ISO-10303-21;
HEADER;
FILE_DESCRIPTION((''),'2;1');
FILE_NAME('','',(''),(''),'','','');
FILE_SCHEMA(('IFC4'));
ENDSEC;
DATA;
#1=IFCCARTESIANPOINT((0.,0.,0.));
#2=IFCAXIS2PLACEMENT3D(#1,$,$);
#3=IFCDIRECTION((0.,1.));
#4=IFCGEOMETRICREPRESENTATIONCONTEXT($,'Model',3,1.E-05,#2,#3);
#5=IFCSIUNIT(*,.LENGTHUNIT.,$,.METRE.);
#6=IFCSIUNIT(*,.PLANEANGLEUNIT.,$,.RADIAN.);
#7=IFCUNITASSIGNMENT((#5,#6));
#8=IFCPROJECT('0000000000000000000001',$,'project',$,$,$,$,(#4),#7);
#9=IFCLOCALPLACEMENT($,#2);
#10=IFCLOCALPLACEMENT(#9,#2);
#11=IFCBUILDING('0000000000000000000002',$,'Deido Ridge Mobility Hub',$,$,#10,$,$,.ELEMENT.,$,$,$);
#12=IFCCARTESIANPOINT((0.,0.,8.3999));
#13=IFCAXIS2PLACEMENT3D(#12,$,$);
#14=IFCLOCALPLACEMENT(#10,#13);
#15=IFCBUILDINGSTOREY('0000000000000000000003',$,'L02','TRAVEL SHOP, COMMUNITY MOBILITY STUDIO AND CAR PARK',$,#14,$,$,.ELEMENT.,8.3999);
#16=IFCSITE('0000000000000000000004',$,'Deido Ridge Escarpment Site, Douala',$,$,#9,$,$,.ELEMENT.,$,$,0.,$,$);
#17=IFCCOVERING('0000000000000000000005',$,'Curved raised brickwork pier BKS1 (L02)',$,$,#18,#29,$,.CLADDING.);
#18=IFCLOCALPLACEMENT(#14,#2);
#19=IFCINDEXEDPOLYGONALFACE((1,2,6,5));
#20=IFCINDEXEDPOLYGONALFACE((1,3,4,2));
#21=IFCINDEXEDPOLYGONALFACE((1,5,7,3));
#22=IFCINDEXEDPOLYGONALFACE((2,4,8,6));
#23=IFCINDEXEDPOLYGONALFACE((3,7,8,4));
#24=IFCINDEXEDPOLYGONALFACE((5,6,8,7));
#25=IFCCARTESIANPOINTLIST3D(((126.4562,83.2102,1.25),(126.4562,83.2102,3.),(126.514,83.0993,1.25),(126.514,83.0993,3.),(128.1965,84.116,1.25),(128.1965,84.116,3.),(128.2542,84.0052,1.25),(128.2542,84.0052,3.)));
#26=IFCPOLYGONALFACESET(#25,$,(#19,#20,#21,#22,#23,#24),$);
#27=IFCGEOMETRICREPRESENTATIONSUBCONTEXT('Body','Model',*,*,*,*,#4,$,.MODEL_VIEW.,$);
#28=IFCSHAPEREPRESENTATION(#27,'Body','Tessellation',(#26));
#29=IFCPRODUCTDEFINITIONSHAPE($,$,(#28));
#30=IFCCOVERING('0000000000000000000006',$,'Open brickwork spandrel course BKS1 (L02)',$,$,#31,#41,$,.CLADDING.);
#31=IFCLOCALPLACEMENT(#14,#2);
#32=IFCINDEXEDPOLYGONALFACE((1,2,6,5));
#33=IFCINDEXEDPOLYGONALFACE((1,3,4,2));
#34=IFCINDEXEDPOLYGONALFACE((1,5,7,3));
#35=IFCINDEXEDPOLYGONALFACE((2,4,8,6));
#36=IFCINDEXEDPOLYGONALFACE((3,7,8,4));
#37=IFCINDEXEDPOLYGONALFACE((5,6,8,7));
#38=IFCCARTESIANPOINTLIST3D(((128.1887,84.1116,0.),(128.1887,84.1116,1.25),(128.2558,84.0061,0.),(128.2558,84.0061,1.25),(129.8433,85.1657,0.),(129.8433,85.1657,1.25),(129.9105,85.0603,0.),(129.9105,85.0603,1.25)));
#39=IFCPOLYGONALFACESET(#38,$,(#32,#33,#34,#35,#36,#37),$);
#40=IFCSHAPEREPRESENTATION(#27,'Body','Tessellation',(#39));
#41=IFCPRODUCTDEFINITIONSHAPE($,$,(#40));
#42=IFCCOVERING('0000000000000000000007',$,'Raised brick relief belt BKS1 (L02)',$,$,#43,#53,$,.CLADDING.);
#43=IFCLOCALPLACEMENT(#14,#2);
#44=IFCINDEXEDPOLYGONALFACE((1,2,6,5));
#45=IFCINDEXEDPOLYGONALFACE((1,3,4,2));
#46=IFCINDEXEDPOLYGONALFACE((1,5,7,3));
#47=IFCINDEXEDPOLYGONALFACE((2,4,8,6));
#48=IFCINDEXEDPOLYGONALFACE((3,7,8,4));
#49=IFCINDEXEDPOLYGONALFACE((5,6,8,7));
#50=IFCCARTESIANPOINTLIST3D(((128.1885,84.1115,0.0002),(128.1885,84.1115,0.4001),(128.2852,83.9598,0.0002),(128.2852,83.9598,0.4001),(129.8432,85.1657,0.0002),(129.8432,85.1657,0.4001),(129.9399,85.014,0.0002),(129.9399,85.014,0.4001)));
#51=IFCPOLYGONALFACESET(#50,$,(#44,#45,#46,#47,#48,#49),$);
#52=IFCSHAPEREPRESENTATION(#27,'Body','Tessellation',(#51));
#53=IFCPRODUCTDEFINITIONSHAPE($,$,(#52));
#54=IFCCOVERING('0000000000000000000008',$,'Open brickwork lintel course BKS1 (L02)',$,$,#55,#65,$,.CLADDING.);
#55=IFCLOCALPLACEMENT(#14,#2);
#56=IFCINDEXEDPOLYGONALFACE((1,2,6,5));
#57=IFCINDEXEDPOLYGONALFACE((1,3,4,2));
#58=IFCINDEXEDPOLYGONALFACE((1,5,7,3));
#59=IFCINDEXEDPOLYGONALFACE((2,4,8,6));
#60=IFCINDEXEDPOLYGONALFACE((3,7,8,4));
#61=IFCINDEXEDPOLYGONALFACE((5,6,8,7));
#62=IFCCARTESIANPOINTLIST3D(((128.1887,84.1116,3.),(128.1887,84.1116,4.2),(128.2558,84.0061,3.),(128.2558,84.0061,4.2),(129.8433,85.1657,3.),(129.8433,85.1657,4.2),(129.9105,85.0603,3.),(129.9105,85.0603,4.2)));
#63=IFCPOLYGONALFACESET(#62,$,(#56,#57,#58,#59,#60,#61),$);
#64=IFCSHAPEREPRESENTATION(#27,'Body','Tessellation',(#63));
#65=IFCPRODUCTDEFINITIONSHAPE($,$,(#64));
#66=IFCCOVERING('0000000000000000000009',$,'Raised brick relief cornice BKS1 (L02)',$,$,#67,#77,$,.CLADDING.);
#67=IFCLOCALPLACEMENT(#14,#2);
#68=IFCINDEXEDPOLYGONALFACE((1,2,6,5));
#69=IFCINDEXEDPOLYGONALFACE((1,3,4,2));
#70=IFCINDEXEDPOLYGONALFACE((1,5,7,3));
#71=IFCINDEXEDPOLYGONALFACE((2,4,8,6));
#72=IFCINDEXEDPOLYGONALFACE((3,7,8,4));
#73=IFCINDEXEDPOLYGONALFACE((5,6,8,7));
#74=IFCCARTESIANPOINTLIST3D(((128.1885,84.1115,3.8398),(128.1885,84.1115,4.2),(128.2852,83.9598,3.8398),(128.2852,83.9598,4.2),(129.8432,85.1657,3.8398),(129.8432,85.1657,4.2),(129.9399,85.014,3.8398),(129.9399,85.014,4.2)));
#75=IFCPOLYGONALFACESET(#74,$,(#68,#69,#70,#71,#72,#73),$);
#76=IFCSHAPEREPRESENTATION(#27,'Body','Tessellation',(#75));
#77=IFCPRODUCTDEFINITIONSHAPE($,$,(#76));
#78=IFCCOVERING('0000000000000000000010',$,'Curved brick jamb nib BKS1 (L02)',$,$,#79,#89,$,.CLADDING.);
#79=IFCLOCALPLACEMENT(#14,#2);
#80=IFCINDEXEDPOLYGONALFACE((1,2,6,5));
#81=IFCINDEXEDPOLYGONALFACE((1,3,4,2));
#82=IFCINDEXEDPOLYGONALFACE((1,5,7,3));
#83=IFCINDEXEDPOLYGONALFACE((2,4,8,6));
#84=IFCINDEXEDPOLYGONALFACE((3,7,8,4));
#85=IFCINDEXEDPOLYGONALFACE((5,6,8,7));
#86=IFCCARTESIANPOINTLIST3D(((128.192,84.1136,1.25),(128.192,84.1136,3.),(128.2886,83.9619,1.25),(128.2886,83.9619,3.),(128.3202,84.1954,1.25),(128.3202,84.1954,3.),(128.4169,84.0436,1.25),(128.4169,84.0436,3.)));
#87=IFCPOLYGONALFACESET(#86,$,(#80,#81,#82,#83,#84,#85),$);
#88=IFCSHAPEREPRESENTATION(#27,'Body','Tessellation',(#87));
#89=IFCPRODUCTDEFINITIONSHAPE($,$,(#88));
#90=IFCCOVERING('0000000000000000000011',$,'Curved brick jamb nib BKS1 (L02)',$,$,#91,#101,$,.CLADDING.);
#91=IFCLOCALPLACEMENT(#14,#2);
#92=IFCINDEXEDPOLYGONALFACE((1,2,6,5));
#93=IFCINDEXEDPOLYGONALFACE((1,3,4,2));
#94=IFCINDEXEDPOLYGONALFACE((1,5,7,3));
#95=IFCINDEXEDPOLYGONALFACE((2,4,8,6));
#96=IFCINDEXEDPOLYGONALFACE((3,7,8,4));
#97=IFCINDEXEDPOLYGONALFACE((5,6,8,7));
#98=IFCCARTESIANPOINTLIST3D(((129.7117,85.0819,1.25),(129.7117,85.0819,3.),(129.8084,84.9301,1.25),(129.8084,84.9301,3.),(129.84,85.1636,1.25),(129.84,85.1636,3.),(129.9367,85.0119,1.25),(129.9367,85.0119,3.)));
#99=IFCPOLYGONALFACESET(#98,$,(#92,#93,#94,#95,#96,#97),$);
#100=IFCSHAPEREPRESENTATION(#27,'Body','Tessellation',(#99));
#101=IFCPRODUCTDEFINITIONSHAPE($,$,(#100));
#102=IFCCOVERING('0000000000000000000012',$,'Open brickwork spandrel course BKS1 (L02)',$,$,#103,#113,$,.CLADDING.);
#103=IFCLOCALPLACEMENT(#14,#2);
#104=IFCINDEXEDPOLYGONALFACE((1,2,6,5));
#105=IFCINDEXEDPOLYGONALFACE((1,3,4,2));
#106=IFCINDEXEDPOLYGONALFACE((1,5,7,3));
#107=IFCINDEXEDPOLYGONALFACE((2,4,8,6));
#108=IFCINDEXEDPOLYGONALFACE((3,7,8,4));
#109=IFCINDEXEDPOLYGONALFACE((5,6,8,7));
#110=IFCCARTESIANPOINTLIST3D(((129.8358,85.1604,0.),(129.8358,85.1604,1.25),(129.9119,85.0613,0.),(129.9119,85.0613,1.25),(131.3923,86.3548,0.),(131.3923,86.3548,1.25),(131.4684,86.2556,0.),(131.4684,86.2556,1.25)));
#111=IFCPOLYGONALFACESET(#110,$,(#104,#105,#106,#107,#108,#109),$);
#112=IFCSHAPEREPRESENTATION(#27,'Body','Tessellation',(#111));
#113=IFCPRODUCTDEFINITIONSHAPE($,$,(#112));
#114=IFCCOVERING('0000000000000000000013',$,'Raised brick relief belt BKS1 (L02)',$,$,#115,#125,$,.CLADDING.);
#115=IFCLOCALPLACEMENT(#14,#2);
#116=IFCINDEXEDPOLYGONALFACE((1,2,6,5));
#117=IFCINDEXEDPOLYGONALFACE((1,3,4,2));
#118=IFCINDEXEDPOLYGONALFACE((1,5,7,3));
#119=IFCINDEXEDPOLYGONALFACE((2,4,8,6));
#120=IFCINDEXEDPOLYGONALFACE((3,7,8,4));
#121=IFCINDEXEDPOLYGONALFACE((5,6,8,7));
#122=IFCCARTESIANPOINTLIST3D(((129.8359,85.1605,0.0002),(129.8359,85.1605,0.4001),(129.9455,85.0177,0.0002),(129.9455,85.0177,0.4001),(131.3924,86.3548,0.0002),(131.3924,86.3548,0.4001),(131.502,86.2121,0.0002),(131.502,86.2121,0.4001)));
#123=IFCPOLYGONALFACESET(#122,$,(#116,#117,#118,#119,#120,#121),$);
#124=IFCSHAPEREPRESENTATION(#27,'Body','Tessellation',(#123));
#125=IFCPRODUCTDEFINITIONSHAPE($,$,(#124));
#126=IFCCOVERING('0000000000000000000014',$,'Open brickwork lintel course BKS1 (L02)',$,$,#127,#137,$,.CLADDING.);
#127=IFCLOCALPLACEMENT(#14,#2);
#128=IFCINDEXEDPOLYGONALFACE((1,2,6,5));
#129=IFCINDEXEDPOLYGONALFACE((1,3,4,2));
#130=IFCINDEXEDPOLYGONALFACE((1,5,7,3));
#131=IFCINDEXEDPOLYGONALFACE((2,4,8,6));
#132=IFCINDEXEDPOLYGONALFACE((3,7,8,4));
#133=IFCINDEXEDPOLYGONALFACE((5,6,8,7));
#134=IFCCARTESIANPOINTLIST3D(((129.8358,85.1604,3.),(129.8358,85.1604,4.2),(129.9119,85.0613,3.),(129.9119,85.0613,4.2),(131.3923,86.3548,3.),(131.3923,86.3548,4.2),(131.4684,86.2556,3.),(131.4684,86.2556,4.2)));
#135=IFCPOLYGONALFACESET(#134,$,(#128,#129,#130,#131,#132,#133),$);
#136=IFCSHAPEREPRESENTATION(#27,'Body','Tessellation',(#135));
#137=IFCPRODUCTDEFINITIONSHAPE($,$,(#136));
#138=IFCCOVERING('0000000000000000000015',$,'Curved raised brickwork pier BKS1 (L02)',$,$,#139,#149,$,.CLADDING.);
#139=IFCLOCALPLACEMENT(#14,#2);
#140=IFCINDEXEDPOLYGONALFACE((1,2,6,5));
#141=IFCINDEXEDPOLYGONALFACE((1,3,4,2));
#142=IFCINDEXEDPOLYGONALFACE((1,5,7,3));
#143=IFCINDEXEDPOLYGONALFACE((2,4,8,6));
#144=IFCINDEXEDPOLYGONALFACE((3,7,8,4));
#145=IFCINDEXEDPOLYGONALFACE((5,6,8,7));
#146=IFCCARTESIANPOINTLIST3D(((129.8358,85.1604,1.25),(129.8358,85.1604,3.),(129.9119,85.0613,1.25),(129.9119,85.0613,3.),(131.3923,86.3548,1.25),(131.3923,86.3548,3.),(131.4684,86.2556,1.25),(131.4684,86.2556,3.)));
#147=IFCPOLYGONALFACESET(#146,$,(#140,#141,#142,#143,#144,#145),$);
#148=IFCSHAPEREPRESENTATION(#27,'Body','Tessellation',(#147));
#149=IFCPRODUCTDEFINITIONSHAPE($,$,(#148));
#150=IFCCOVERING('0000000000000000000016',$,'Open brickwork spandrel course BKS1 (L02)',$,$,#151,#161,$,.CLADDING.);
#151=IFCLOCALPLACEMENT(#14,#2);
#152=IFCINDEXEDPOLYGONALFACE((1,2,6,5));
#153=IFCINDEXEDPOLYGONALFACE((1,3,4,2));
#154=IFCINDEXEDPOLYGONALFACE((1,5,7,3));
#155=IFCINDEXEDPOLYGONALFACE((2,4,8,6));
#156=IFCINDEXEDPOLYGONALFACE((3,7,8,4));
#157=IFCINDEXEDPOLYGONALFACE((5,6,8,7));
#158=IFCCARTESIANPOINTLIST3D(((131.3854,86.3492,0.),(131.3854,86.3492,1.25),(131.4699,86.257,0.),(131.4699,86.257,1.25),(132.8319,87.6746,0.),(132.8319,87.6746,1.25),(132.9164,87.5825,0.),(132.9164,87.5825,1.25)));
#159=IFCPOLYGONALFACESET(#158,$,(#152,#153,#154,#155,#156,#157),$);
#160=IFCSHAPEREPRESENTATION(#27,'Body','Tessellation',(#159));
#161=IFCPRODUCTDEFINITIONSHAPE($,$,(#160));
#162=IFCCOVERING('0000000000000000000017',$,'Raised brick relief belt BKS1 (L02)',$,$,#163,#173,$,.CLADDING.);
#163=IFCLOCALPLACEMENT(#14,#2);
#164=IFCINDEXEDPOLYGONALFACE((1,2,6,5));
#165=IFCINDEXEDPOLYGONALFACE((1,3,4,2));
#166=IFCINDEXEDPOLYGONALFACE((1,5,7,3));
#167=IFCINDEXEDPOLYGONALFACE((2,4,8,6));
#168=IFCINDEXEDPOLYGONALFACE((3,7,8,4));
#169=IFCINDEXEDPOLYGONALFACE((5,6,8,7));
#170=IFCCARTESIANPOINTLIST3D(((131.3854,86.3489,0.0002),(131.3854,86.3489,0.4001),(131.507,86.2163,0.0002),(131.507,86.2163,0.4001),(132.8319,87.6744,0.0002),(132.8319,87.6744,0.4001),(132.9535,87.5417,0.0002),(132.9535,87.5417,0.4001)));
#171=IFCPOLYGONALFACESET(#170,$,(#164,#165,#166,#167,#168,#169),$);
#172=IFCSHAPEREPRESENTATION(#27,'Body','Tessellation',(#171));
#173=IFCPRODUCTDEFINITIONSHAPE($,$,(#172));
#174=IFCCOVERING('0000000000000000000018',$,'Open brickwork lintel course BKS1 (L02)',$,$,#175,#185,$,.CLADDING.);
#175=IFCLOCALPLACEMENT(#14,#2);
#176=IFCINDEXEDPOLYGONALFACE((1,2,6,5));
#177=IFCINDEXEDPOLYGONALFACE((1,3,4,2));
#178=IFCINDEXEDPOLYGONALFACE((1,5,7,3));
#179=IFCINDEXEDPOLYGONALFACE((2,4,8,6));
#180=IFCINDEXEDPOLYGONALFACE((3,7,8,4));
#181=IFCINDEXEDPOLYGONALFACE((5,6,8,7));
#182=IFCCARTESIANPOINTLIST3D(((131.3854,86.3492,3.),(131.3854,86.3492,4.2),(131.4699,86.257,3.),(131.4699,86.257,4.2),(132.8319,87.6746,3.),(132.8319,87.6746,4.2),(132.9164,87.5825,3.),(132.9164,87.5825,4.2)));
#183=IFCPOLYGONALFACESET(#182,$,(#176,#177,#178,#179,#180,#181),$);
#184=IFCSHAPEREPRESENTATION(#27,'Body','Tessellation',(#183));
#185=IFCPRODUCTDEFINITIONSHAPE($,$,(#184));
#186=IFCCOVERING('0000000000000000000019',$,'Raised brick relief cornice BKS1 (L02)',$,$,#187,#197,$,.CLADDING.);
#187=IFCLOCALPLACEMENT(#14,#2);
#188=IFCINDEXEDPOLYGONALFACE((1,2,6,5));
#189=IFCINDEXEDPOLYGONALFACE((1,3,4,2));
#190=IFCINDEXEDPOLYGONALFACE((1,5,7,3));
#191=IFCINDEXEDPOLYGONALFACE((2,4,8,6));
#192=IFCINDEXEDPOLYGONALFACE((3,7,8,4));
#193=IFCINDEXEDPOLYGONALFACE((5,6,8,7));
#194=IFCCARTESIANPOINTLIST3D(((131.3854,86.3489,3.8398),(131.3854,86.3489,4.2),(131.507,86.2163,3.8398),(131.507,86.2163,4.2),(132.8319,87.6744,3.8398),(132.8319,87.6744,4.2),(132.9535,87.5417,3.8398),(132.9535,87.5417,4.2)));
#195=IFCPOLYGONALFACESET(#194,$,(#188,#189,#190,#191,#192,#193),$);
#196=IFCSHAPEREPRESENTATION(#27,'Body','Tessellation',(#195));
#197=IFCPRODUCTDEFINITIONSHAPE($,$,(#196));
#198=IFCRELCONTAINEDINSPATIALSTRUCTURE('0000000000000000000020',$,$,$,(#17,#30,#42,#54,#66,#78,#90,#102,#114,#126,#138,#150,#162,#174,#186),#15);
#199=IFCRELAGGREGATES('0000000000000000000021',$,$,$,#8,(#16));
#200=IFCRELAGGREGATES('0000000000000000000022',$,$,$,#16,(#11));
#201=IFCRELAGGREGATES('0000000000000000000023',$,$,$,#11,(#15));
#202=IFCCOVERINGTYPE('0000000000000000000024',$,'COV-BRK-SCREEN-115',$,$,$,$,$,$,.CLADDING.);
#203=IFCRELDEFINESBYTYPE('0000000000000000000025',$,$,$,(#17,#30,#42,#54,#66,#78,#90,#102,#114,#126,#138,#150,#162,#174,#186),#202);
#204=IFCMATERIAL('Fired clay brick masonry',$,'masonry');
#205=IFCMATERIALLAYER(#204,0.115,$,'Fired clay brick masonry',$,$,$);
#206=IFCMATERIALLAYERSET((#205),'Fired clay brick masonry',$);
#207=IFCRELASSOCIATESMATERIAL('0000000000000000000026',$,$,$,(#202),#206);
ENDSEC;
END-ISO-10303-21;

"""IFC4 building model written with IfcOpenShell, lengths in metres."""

from ifc_helpers import new_model, si_unit, direction, frame, origin, origin_2d, place, context, subcontext, project, spatial, rectangle, extrude, material, layer, layer_set, type_object, element, save


model = new_model("IFC4")

# Units and contexts
model_context = context("Model", 3, precision=1e-05, world=origin(), true_north=direction((0.0, 1.0)))
body_context = subcontext(model_context, "Body", "Model", "MODEL_VIEW")
ifc_project = project(units=[si_unit("LENGTHUNIT", "METRE"), si_unit("PLANEANGLEUNIT", "RADIAN")], contexts=[model_context])

# Site, building, storey
site_placement = place(None, origin())
site = spatial("IfcSite", under=ifc_project, at=site_placement, Name="Deido Ridge Escarpment Site, Douala", CompositionType="ELEMENT", RefElevation=0.0)
building_placement = place(site_placement, origin())
building = spatial("IfcBuilding", under=site, at=building_placement, Name="Deido Ridge Mobility Hub", CompositionType="ELEMENT")
storey_placement = place(building_placement, frame((0.0, 0.0, 8.3999)))
storey = spatial("IfcBuildingStorey", under=building, at=storey_placement, Name="L02", Description="TRAVEL SHOP, COMMUNITY MOBILITY STUDIO AND CAR PARK", CompositionType="ELEMENT", Elevation=8.3999)

# Coverings
ifc_material_1 = material(Name="Fired clay brick masonry", Category="masonry")
ifc_layer = layer(ifc_material_1, 0.115, Name="Fired clay brick masonry")
ifc_layer_set = layer_set([ifc_layer], Name="Fired clay brick masonry")
covering_type = type_object("IfcCoveringType", Name="COV-BRK-SCREEN-115", PredefinedType="CLADDING", material=ifc_layer_set)
covering_1_placement = place(storey_placement, frame((127.3552, 83.6077, 1.25), z_axis=(0.0, 0.0, 1.0), x_axis=(0.887019, 0.461733, 0.0)))
element("IfcCovering", 1, at=covering_1_placement, inside=storey, type_object=covering_type, Name="Curved raised brickwork pier BKS1 (L02)", PredefinedType="CLADDING", context=body_context, shape_type="SweptSolid", body=[
    extrude(rectangle(XDim=1.9619, YDim=0.125, at=origin_2d()), origin(), (0.0, 0.0, 1.0), 1.75),
])
covering_2_placement = place(storey_placement, frame((129.0496, 84.5859, 0.0), z_axis=(0.0, 0.0, 1.0), x_axis=(0.843382, 0.537314, 0.0)))
element("IfcCovering", 2, at=covering_2_placement, inside=storey, type_object=covering_type, Name="Open brickwork spandrel course BKS1 (L02)", PredefinedType="CLADDING", context=body_context, shape_type="SweptSolid", body=[
    extrude(rectangle(XDim=1.9619, YDim=0.125, at=origin_2d()), origin(), (0.0, 0.0, 1.0), 1.25),
])
covering_3_placement = place(storey_placement, frame((129.0642, 84.5627, 0.0002), z_axis=(0.0, 0.0, 1.0), x_axis=(0.843382, 0.537314, 0.0)))
element("IfcCovering", 3, at=covering_3_placement, inside=storey, type_object=covering_type, Name="Raised brick relief belt BKS1 (L02)", PredefinedType="CLADDING", context=body_context, shape_type="SweptSolid", body=[
    extrude(rectangle(XDim=1.9619, YDim=0.1799, at=origin_2d()), origin(), (0.0, 0.0, 1.0), 0.3999),
])
covering_4_placement = place(storey_placement, frame((129.0496, 84.5859, 3.0), z_axis=(0.0, 0.0, 1.0), x_axis=(0.843382, 0.537314, 0.0)))
element("IfcCovering", 4, at=covering_4_placement, inside=storey, type_object=covering_type, Name="Open brickwork lintel course BKS1 (L02)", PredefinedType="CLADDING", context=body_context, shape_type="SweptSolid", body=[
    extrude(rectangle(XDim=1.9619, YDim=0.125, at=origin_2d()), origin(), (0.0, 0.0, 1.0), 1.2),
])
covering_5_placement = place(storey_placement, frame((129.0642, 84.5627, 3.8398), z_axis=(0.0, 0.0, 1.0), x_axis=(0.843382, 0.537314, 0.0)))
element("IfcCovering", 5, at=covering_5_placement, inside=storey, type_object=covering_type, Name="Raised brick relief cornice BKS1 (L02)", PredefinedType="CLADDING", context=body_context, shape_type="SweptSolid", body=[
    extrude(rectangle(XDim=1.9619, YDim=0.1799, at=origin_2d()), origin(), (0.0, 0.0, 1.0), 0.3601),
])
for number, where, z_axis, x_axis, name in (
    (6, (128.3044, 84.0786, 1.25), (0.0, 0.0, 1.0), (0.843382, 0.537314, 0.0), "Curved brick jamb nib BKS1 (L02)"),
    (7, (129.8242, 85.0469, 1.25), (0.0, 0.0, 1.0), (0.843382, 0.537314, 0.0), "Curved brick jamb nib BKS1 (L02)"),
):
    element("IfcCovering", number, at=place(storey_placement, frame(where, z_axis=z_axis, x_axis=x_axis)), inside=storey, type_object=covering_type, Name=name, PredefinedType="CLADDING", context=body_context, shape_type="SweptSolid", body=[
        extrude(rectangle(XDim=0.1521, YDim=0.1799, at=origin_2d()), origin(), (0.0, 0.0, 1.0), 1.75),
    ])
covering_6_placement = place(storey_placement, frame((130.6521, 85.708, 0.0), z_axis=(0.0, 0.0, 1.0), x_axis=(0.793353, 0.608761, 0.0)))
element("IfcCovering", 8, at=covering_6_placement, inside=storey, type_object=covering_type, Name="Open brickwork spandrel course BKS1 (L02)", PredefinedType="CLADDING", context=body_context, shape_type="SweptSolid", body=[
    extrude(rectangle(XDim=1.9619, YDim=0.125, at=origin_2d()), origin(), (0.0, 0.0, 1.0), 1.25),
])
covering_7_placement = place(storey_placement, frame((130.6689, 85.6863, 0.0002), z_axis=(0.0, 0.0, 1.0), x_axis=(0.793353, 0.608761, 0.0)))
element("IfcCovering", 9, at=covering_7_placement, inside=storey, type_object=covering_type, Name="Raised brick relief belt BKS1 (L02)", PredefinedType="CLADDING", context=body_context, shape_type="SweptSolid", body=[
    extrude(rectangle(XDim=1.9619, YDim=0.1799, at=origin_2d()), origin(), (0.0, 0.0, 1.0), 0.3999),
])
covering_8_placement = place(storey_placement, frame((130.6521, 85.708, 3.0), z_axis=(0.0, 0.0, 1.0), x_axis=(0.793353, 0.608761, 0.0)))
element("IfcCovering", 10, at=covering_8_placement, inside=storey, type_object=covering_type, Name="Open brickwork lintel course BKS1 (L02)", PredefinedType="CLADDING", context=body_context, shape_type="SweptSolid", body=[
    extrude(rectangle(XDim=1.9619, YDim=0.125, at=origin_2d()), origin(), (0.0, 0.0, 1.0), 1.2),
])
covering_9_placement = place(storey_placement, frame((130.6521, 85.708, 1.25), z_axis=(0.0, 0.0, 1.0), x_axis=(0.793353, 0.608761, 0.0)))
element("IfcCovering", 11, at=covering_9_placement, inside=storey, type_object=covering_type, Name="Curved raised brickwork pier BKS1 (L02)", PredefinedType="CLADDING", context=body_context, shape_type="SweptSolid", body=[
    extrude(rectangle(XDim=1.9619, YDim=0.125, at=origin_2d()), origin(), (0.0, 0.0, 1.0), 1.75),
])
covering_10_placement = place(storey_placement, frame((132.1509, 86.9658, 0.0), z_axis=(0.0, 0.0, 1.0), x_axis=(0.737289, 0.675577, 0.0)))
element("IfcCovering", 12, at=covering_10_placement, inside=storey, type_object=covering_type, Name="Open brickwork spandrel course BKS1 (L02)", PredefinedType="CLADDING", context=body_context, shape_type="SweptSolid", body=[
    extrude(rectangle(XDim=1.9619, YDim=0.125, at=origin_2d()), origin(), (0.0, 0.0, 1.0), 1.25),
])
covering_11_placement = place(storey_placement, frame((132.1694, 86.9453, 0.0002), z_axis=(0.0, 0.0, 1.0), x_axis=(0.737289, 0.675577, 0.0)))
element("IfcCovering", 13, at=covering_11_placement, inside=storey, type_object=covering_type, Name="Raised brick relief belt BKS1 (L02)", PredefinedType="CLADDING", context=body_context, shape_type="SweptSolid", body=[
    extrude(rectangle(XDim=1.9619, YDim=0.1799, at=origin_2d()), origin(), (0.0, 0.0, 1.0), 0.3999),
])
covering_12_placement = place(storey_placement, frame((132.1509, 86.9658, 3.0), z_axis=(0.0, 0.0, 1.0), x_axis=(0.737289, 0.675577, 0.0)))
element("IfcCovering", 14, at=covering_12_placement, inside=storey, type_object=covering_type, Name="Open brickwork lintel course BKS1 (L02)", PredefinedType="CLADDING", context=body_context, shape_type="SweptSolid", body=[
    extrude(rectangle(XDim=1.9619, YDim=0.125, at=origin_2d()), origin(), (0.0, 0.0, 1.0), 1.2),
])
covering_13_placement = place(storey_placement, frame((132.1694, 86.9453, 3.8398), z_axis=(0.0, 0.0, 1.0), x_axis=(0.737289, 0.675577, 0.0)))
element("IfcCovering", 15, at=covering_13_placement, inside=storey, type_object=covering_type, Name="Raised brick relief cornice BKS1 (L02)", PredefinedType="CLADDING", context=body_context, shape_type="SweptSolid", body=[
    extrude(rectangle(XDim=1.9619, YDim=0.1799, at=origin_2d()), origin(), (0.0, 0.0, 1.0), 0.3601),
])

save(model, "model.ifc")
